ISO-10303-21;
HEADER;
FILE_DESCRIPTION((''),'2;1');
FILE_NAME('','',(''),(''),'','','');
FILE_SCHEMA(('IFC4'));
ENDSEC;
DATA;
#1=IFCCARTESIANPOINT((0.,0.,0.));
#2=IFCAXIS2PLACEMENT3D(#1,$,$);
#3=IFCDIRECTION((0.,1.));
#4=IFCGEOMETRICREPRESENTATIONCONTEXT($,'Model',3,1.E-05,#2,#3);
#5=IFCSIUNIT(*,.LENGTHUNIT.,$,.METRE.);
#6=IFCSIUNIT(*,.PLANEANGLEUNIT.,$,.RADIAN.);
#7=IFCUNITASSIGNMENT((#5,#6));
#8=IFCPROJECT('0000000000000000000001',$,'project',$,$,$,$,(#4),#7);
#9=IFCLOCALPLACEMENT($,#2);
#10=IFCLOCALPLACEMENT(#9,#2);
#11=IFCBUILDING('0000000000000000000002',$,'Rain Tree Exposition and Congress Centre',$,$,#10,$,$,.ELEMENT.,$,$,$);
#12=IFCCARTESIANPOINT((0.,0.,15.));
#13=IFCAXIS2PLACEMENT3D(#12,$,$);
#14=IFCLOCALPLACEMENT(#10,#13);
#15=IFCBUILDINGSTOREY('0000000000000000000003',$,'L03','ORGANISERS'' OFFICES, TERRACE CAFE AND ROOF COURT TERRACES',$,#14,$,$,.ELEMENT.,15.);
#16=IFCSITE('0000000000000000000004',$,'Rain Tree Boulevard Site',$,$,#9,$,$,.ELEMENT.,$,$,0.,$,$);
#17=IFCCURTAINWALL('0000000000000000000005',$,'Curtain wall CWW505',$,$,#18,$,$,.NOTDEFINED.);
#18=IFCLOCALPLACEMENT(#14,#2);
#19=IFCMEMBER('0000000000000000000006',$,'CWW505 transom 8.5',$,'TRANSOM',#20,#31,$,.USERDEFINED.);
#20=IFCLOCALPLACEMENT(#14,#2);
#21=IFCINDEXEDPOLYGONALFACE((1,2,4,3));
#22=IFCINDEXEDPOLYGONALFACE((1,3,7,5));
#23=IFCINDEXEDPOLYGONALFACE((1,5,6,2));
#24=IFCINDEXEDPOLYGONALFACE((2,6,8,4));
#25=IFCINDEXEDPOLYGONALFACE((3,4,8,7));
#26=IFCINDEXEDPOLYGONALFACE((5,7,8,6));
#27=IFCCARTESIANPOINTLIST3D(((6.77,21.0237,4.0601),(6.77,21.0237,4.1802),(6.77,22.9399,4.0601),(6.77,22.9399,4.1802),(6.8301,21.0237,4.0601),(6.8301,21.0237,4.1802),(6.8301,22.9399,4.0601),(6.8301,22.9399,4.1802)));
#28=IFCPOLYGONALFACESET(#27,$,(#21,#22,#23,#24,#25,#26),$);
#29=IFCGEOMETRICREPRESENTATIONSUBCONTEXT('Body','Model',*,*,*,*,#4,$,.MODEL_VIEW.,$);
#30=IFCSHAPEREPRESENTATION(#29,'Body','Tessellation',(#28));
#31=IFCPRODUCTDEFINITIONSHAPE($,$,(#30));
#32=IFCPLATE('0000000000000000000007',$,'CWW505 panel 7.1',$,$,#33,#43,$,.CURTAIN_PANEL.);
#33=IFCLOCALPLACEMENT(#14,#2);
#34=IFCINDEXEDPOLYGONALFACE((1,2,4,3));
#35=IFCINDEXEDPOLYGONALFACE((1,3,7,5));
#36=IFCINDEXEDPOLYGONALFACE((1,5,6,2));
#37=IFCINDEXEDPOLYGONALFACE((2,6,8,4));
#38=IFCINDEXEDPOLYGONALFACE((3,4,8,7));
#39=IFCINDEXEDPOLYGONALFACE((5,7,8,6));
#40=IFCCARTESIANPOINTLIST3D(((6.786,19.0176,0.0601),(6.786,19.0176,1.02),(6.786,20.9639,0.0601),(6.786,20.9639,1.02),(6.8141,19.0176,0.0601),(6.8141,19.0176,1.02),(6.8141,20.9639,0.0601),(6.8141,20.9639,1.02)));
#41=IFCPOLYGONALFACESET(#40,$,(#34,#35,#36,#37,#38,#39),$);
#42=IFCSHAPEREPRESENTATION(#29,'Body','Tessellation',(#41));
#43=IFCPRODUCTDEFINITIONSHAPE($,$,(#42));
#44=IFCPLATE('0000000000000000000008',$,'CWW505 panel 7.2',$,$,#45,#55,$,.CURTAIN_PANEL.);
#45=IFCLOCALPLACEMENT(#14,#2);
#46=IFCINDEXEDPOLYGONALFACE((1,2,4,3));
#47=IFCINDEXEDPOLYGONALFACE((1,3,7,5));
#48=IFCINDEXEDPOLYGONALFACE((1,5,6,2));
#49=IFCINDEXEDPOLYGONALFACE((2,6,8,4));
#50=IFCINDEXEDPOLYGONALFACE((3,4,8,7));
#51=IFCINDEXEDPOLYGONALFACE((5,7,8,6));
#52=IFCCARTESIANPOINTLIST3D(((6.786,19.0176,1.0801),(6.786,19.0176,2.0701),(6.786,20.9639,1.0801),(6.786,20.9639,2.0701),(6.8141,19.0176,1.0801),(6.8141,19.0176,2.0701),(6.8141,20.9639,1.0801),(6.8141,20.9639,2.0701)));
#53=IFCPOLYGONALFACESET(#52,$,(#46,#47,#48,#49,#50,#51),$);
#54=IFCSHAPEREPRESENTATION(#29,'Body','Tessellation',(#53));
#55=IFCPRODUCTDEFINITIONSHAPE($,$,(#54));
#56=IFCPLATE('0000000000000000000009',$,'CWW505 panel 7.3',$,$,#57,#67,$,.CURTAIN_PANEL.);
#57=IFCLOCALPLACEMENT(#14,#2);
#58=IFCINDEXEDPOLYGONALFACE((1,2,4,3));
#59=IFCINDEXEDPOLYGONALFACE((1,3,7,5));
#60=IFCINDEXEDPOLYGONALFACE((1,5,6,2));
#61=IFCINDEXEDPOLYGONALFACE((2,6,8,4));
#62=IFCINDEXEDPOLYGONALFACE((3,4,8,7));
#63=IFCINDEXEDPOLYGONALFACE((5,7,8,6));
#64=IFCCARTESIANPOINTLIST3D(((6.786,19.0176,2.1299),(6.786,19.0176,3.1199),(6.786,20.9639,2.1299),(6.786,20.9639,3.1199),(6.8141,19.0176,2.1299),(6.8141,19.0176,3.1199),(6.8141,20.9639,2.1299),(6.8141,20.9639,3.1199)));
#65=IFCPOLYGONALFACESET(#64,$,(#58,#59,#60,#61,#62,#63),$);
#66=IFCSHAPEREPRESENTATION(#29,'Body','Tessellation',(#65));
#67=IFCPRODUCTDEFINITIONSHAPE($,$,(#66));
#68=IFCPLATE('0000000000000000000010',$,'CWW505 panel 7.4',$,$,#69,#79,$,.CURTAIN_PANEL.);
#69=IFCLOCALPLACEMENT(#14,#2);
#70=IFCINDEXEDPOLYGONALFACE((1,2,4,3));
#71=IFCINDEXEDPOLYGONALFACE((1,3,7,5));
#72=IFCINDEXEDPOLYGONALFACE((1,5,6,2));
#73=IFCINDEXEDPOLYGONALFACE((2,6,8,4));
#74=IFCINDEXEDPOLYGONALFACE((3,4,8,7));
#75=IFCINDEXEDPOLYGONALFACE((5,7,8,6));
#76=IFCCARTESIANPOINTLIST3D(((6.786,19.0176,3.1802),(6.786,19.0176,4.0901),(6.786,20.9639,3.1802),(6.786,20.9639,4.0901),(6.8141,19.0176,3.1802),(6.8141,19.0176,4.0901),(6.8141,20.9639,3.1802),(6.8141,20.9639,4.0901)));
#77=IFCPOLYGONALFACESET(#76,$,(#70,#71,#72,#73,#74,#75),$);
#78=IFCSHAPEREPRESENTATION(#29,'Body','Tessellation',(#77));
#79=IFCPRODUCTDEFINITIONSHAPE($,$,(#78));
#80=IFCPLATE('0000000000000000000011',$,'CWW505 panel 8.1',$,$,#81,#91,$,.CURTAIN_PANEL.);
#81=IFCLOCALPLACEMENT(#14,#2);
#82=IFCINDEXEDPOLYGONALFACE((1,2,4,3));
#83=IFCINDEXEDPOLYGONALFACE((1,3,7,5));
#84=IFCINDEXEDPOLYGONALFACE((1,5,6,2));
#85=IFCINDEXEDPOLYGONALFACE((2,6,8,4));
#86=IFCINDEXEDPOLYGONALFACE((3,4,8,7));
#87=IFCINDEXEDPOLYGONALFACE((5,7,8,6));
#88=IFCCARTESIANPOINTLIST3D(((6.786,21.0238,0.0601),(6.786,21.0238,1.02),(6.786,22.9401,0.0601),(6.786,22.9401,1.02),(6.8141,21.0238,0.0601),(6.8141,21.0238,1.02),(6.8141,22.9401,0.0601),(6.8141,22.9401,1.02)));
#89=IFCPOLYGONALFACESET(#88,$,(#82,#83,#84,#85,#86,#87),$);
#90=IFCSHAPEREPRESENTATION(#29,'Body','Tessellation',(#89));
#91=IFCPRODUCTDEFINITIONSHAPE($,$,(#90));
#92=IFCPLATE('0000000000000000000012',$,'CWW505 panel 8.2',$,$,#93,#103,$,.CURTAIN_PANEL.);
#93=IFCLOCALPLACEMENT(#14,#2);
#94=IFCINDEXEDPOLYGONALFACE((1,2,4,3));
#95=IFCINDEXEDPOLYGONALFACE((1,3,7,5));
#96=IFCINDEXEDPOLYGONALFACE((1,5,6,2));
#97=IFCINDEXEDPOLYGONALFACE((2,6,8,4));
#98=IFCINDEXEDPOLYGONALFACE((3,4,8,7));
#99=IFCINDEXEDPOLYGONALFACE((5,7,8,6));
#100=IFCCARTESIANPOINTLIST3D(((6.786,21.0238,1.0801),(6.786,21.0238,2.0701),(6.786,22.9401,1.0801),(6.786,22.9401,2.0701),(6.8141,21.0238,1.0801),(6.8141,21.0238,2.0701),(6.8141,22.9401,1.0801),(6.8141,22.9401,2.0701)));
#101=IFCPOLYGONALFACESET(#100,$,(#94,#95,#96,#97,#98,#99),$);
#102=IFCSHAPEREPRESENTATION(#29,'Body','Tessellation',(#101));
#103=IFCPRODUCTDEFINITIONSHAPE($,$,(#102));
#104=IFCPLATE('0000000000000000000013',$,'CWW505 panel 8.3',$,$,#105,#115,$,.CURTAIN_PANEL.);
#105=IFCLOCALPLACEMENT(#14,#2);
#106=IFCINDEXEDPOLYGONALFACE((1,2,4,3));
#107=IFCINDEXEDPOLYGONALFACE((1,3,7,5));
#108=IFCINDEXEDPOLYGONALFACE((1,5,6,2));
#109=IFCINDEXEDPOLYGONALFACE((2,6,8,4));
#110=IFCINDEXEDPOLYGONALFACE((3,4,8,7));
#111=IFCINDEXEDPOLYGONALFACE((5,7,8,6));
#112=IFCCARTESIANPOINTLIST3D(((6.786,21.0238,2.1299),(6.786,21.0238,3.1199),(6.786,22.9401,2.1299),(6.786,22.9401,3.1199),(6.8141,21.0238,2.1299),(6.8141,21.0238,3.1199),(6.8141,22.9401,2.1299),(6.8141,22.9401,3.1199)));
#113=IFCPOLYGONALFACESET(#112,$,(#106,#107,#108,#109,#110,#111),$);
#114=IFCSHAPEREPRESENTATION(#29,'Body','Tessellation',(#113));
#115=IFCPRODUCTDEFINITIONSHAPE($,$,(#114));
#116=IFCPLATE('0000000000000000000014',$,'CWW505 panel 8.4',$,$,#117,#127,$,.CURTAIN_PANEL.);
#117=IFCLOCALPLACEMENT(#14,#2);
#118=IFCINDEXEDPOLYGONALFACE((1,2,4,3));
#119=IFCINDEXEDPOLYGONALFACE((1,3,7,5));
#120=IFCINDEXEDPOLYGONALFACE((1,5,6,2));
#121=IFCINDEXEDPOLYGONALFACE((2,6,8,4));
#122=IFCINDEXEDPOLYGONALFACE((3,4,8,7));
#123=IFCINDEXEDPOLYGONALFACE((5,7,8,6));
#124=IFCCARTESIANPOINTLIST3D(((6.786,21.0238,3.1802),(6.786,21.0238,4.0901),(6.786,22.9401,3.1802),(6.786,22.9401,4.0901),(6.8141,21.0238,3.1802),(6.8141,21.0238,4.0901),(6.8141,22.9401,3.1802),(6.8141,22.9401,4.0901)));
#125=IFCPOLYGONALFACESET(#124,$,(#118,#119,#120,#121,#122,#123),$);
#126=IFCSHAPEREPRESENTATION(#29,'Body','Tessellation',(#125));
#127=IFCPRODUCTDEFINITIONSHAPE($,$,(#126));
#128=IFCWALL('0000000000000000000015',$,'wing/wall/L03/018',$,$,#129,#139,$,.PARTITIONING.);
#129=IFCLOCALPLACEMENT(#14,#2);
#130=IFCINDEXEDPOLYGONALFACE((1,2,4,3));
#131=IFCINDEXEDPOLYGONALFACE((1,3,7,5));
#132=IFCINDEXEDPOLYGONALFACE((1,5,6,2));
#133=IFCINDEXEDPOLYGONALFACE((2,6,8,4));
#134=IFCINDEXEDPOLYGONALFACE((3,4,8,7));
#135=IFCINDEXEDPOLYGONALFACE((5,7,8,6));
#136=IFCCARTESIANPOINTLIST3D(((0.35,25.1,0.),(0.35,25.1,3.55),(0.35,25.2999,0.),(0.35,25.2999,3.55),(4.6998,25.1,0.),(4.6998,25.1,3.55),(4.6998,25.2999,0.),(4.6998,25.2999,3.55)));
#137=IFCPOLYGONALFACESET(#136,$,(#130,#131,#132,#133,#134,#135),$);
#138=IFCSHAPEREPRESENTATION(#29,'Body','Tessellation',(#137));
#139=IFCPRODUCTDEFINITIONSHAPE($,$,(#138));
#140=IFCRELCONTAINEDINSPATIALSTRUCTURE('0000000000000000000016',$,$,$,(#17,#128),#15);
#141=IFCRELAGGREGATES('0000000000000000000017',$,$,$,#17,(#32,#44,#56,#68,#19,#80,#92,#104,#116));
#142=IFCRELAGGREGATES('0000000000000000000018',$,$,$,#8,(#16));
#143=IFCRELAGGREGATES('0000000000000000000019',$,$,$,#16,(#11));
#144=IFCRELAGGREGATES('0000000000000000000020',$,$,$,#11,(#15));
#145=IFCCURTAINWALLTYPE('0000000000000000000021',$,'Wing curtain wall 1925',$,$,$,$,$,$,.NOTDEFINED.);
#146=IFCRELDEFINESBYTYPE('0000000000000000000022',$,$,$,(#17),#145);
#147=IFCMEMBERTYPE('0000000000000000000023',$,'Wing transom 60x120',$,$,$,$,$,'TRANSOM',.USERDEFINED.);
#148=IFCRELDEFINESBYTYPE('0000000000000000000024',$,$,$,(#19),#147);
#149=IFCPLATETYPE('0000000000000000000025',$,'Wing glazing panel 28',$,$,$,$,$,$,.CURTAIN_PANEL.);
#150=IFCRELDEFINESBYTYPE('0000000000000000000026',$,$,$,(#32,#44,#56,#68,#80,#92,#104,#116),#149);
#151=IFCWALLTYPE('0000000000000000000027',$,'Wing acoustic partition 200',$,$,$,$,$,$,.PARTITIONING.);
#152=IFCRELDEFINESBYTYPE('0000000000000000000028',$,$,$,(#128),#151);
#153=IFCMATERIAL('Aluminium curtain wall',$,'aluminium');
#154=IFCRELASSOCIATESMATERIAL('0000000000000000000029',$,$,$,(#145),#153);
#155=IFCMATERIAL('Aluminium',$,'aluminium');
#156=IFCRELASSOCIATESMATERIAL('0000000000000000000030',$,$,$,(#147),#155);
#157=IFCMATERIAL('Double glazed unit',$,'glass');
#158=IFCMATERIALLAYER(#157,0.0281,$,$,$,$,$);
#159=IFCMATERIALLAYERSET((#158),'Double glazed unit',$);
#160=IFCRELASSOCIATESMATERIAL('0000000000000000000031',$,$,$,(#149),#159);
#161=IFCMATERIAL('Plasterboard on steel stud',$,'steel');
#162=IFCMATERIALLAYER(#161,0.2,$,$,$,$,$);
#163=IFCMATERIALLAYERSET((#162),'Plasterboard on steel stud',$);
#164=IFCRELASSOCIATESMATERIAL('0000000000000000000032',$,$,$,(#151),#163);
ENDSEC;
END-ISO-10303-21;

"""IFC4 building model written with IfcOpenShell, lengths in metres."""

from ifc_helpers import new_model, si_unit, direction, frame, frame_2d, origin, origin_2d, place, context, subcontext, project, spatial, rectangle, extrude, material, layer, layer_set, material_profile, profile_set, type_object, element, aggregate, save


model = new_model("IFC4")

# Units and contexts
model_context = context("Model", 3, precision=1e-05, world=origin(), true_north=direction((0.0, 1.0)))
body_context = subcontext(model_context, "Body", "Model", "MODEL_VIEW")
ifc_project = project(units=[si_unit("LENGTHUNIT", "METRE"), si_unit("PLANEANGLEUNIT", "RADIAN")], contexts=[model_context])

# Site, building, storey
site_placement = place(None, origin())
site = spatial("IfcSite", under=ifc_project, at=site_placement, Name="Rain Tree Boulevard Site", CompositionType="ELEMENT", RefElevation=0.0)
building_placement = place(site_placement, origin())
building = spatial("IfcBuilding", under=site, at=building_placement, Name="Rain Tree Exposition and Congress Centre", CompositionType="ELEMENT")
storey_placement = place(building_placement, frame((0.0, 0.0, 15.0)))
storey = spatial("IfcBuildingStorey", under=building, at=storey_placement, Name="L03", Description="ORGANISERS' OFFICES, TERRACE CAFE AND ROOF COURT TERRACES", CompositionType="ELEMENT", Elevation=15.0)

# Curtain wall, member, plates
ifc_material_1 = material(Name="Aluminium curtain wall", Category="aluminium")
curtain_wall_type = type_object("IfcCurtainWallType", Name="Wing curtain wall 1925", PredefinedType="NOTDEFINED", material=ifc_material_1)
curtain_wall_placement = place(storey_placement, origin())
curtain_wall = element("IfcCurtainWall", 1, at=curtain_wall_placement, inside=storey, type_object=curtain_wall_type, Name="Curtain wall CWW505", PredefinedType="NOTDEFINED")
ifc_material_2 = material(Name="Aluminium", Category="aluminium")
ifc_material_profile_1 = material_profile(ifc_material_2, rectangle(XDim=0.0601, YDim=0.1201, at=origin_2d()), Name="Aluminium 60x120")
ifc_profile_set_1 = profile_set([ifc_material_profile_1], Name="Aluminium")
member_type_1 = type_object("IfcMemberType", Name="Wing transom 60x120", ElementType="TRANSOM", PredefinedType="USERDEFINED", material=ifc_profile_set_1)
member_1_placement = place(storey_placement, frame((6.8, 21.0237, 4.1201), z_axis=(0.0, 1.0, 0.0), x_axis=(-1.0, 0.0, 0.0)))
member_1 = element("IfcMember", 2, at=member_1_placement, type_object=member_type_1, Name="CWW505 transom 8.5", ObjectType="TRANSOM", PredefinedType="USERDEFINED", context=body_context, shape_type="SweptSolid", body=[
    extrude(rectangle(XDim=0.0601, YDim=0.1201, at=origin_2d()), origin(), (0.0, 0.0, 1.0), 1.9163),
])
ifc_material_3 = material(Name="Double glazed unit", Category="glass")
ifc_layer_1 = layer(ifc_material_3, 0.0281)
ifc_layer_set_1 = layer_set([ifc_layer_1], Name="Double glazed unit")
plate_type = type_object("IfcPlateType", Name="Wing glazing panel 28", PredefinedType="CURTAIN_PANEL", material=ifc_layer_set_1)
plate_1_placement = place(storey_placement, frame((6.8, 19.9907, 0.0601), z_axis=(0.0, 0.0, 1.0), x_axis=(0.0, 1.0, 0.0)))
plate_1 = element("IfcPlate", 3, at=plate_1_placement, type_object=plate_type, Name="CWW505 panel 7.1", PredefinedType="CURTAIN_PANEL", context=body_context, shape_type="SweptSolid", body=[
    extrude(rectangle(XDim=1.9463, YDim=0.0281, at=origin_2d()), origin(), (0.0, 0.0, 1.0), 0.96),
])
plate_2_placement = place(storey_placement, frame((6.8, 19.9907, 1.0801), z_axis=(0.0, 0.0, 1.0), x_axis=(0.0, 1.0, 0.0)))
plate_2 = element("IfcPlate", 4, at=plate_2_placement, type_object=plate_type, Name="CWW505 panel 7.2", PredefinedType="CURTAIN_PANEL", context=body_context, shape_type="SweptSolid", body=[
    extrude(rectangle(XDim=1.9463, YDim=0.0281, at=origin_2d()), origin(), (0.0, 0.0, 1.0), 0.99),
])
plate_3_placement = place(storey_placement, frame((6.8, 19.9907, 2.1299), z_axis=(0.0, 0.0, 1.0), x_axis=(0.0, 1.0, 0.0)))
plate_3 = element("IfcPlate", 5, at=plate_3_placement, type_object=plate_type, Name="CWW505 panel 7.3", PredefinedType="CURTAIN_PANEL", context=body_context, shape_type="SweptSolid", body=[
    extrude(rectangle(XDim=1.9463, YDim=0.0281, at=origin_2d()), origin(), (0.0, 0.0, 1.0), 0.99),
])
plate_4_placement = place(storey_placement, frame((6.8, 19.9907, 3.1802), z_axis=(0.0, 0.0, 1.0), x_axis=(0.0, 1.0, 0.0)))
plate_4 = element("IfcPlate", 6, at=plate_4_placement, type_object=plate_type, Name="CWW505 panel 7.4", PredefinedType="CURTAIN_PANEL", context=body_context, shape_type="SweptSolid", body=[
    extrude(rectangle(XDim=1.9463, YDim=0.0281, at=origin_2d()), origin(), (0.0, 0.0, 1.0), 0.9099),
])
plate_5_placement = place(storey_placement, frame((6.8, 21.9819, 0.0601), z_axis=(0.0, 0.0, 1.0), x_axis=(0.0, 1.0, 0.0)))
plate_5 = element("IfcPlate", 7, at=plate_5_placement, type_object=plate_type, Name="CWW505 panel 8.1", PredefinedType="CURTAIN_PANEL", context=body_context, shape_type="SweptSolid", body=[
    extrude(rectangle(XDim=1.9163, YDim=0.0281, at=origin_2d()), origin(), (0.0, 0.0, 1.0), 0.96),
])
plate_6_placement = place(storey_placement, frame((6.8, 21.9819, 1.0801), z_axis=(0.0, 0.0, 1.0), x_axis=(0.0, 1.0, 0.0)))
plate_6 = element("IfcPlate", 8, at=plate_6_placement, type_object=plate_type, Name="CWW505 panel 8.2", PredefinedType="CURTAIN_PANEL", context=body_context, shape_type="SweptSolid", body=[
    extrude(rectangle(XDim=1.9163, YDim=0.0281, at=origin_2d()), origin(), (0.0, 0.0, 1.0), 0.99),
])
plate_7_placement = place(storey_placement, frame((6.8, 21.9819, 2.1299), z_axis=(0.0, 0.0, 1.0), x_axis=(0.0, 1.0, 0.0)))
plate_7 = element("IfcPlate", 9, at=plate_7_placement, type_object=plate_type, Name="CWW505 panel 8.3", PredefinedType="CURTAIN_PANEL", context=body_context, shape_type="SweptSolid", body=[
    extrude(rectangle(XDim=1.9163, YDim=0.0281, at=origin_2d()), origin(), (0.0, 0.0, 1.0), 0.99),
])
plate_8_placement = place(storey_placement, frame((6.8, 21.9819, 3.1802), z_axis=(0.0, 0.0, 1.0), x_axis=(0.0, 1.0, 0.0)))
plate_8 = element("IfcPlate", 10, at=plate_8_placement, type_object=plate_type, Name="CWW505 panel 8.4", PredefinedType="CURTAIN_PANEL", context=body_context, shape_type="SweptSolid", body=[
    extrude(rectangle(XDim=1.9163, YDim=0.0281, at=origin_2d()), origin(), (0.0, 0.0, 1.0), 0.9099),
])
aggregate(curtain_wall, [plate_1, plate_2, plate_3, plate_4, member_1, plate_5, plate_6, plate_7, plate_8])

# Wall
ifc_material_4 = material(Name="Plasterboard on steel stud", Category="steel")
ifc_layer_2 = layer(ifc_material_4, 0.2)
ifc_layer_set_2 = layer_set([ifc_layer_2], Name="Plasterboard on steel stud")
wall_type_1 = type_object("IfcWallType", Name="Wing acoustic partition 200", PredefinedType="PARTITIONING", material=ifc_layer_set_2)
wall_1_placement = place(storey_placement, frame((0.3501, 25.2, 0.0), z_axis=(0.0, 0.0, 1.0), x_axis=(1.0, 0.0, 0.0)))
element("IfcWall", 11, at=wall_1_placement, inside=storey, type_object=wall_type_1, Name="wing/wall/L03/018", PredefinedType="PARTITIONING", context=body_context, shape_type="SweptSolid", body=[
    extrude(rectangle(XDim=4.3499, YDim=0.2, at=frame_2d((2.1748, 0.0))), origin(), (0.0, 0.0, 1.0), 3.55),
])

save(model, "model.ifc")
